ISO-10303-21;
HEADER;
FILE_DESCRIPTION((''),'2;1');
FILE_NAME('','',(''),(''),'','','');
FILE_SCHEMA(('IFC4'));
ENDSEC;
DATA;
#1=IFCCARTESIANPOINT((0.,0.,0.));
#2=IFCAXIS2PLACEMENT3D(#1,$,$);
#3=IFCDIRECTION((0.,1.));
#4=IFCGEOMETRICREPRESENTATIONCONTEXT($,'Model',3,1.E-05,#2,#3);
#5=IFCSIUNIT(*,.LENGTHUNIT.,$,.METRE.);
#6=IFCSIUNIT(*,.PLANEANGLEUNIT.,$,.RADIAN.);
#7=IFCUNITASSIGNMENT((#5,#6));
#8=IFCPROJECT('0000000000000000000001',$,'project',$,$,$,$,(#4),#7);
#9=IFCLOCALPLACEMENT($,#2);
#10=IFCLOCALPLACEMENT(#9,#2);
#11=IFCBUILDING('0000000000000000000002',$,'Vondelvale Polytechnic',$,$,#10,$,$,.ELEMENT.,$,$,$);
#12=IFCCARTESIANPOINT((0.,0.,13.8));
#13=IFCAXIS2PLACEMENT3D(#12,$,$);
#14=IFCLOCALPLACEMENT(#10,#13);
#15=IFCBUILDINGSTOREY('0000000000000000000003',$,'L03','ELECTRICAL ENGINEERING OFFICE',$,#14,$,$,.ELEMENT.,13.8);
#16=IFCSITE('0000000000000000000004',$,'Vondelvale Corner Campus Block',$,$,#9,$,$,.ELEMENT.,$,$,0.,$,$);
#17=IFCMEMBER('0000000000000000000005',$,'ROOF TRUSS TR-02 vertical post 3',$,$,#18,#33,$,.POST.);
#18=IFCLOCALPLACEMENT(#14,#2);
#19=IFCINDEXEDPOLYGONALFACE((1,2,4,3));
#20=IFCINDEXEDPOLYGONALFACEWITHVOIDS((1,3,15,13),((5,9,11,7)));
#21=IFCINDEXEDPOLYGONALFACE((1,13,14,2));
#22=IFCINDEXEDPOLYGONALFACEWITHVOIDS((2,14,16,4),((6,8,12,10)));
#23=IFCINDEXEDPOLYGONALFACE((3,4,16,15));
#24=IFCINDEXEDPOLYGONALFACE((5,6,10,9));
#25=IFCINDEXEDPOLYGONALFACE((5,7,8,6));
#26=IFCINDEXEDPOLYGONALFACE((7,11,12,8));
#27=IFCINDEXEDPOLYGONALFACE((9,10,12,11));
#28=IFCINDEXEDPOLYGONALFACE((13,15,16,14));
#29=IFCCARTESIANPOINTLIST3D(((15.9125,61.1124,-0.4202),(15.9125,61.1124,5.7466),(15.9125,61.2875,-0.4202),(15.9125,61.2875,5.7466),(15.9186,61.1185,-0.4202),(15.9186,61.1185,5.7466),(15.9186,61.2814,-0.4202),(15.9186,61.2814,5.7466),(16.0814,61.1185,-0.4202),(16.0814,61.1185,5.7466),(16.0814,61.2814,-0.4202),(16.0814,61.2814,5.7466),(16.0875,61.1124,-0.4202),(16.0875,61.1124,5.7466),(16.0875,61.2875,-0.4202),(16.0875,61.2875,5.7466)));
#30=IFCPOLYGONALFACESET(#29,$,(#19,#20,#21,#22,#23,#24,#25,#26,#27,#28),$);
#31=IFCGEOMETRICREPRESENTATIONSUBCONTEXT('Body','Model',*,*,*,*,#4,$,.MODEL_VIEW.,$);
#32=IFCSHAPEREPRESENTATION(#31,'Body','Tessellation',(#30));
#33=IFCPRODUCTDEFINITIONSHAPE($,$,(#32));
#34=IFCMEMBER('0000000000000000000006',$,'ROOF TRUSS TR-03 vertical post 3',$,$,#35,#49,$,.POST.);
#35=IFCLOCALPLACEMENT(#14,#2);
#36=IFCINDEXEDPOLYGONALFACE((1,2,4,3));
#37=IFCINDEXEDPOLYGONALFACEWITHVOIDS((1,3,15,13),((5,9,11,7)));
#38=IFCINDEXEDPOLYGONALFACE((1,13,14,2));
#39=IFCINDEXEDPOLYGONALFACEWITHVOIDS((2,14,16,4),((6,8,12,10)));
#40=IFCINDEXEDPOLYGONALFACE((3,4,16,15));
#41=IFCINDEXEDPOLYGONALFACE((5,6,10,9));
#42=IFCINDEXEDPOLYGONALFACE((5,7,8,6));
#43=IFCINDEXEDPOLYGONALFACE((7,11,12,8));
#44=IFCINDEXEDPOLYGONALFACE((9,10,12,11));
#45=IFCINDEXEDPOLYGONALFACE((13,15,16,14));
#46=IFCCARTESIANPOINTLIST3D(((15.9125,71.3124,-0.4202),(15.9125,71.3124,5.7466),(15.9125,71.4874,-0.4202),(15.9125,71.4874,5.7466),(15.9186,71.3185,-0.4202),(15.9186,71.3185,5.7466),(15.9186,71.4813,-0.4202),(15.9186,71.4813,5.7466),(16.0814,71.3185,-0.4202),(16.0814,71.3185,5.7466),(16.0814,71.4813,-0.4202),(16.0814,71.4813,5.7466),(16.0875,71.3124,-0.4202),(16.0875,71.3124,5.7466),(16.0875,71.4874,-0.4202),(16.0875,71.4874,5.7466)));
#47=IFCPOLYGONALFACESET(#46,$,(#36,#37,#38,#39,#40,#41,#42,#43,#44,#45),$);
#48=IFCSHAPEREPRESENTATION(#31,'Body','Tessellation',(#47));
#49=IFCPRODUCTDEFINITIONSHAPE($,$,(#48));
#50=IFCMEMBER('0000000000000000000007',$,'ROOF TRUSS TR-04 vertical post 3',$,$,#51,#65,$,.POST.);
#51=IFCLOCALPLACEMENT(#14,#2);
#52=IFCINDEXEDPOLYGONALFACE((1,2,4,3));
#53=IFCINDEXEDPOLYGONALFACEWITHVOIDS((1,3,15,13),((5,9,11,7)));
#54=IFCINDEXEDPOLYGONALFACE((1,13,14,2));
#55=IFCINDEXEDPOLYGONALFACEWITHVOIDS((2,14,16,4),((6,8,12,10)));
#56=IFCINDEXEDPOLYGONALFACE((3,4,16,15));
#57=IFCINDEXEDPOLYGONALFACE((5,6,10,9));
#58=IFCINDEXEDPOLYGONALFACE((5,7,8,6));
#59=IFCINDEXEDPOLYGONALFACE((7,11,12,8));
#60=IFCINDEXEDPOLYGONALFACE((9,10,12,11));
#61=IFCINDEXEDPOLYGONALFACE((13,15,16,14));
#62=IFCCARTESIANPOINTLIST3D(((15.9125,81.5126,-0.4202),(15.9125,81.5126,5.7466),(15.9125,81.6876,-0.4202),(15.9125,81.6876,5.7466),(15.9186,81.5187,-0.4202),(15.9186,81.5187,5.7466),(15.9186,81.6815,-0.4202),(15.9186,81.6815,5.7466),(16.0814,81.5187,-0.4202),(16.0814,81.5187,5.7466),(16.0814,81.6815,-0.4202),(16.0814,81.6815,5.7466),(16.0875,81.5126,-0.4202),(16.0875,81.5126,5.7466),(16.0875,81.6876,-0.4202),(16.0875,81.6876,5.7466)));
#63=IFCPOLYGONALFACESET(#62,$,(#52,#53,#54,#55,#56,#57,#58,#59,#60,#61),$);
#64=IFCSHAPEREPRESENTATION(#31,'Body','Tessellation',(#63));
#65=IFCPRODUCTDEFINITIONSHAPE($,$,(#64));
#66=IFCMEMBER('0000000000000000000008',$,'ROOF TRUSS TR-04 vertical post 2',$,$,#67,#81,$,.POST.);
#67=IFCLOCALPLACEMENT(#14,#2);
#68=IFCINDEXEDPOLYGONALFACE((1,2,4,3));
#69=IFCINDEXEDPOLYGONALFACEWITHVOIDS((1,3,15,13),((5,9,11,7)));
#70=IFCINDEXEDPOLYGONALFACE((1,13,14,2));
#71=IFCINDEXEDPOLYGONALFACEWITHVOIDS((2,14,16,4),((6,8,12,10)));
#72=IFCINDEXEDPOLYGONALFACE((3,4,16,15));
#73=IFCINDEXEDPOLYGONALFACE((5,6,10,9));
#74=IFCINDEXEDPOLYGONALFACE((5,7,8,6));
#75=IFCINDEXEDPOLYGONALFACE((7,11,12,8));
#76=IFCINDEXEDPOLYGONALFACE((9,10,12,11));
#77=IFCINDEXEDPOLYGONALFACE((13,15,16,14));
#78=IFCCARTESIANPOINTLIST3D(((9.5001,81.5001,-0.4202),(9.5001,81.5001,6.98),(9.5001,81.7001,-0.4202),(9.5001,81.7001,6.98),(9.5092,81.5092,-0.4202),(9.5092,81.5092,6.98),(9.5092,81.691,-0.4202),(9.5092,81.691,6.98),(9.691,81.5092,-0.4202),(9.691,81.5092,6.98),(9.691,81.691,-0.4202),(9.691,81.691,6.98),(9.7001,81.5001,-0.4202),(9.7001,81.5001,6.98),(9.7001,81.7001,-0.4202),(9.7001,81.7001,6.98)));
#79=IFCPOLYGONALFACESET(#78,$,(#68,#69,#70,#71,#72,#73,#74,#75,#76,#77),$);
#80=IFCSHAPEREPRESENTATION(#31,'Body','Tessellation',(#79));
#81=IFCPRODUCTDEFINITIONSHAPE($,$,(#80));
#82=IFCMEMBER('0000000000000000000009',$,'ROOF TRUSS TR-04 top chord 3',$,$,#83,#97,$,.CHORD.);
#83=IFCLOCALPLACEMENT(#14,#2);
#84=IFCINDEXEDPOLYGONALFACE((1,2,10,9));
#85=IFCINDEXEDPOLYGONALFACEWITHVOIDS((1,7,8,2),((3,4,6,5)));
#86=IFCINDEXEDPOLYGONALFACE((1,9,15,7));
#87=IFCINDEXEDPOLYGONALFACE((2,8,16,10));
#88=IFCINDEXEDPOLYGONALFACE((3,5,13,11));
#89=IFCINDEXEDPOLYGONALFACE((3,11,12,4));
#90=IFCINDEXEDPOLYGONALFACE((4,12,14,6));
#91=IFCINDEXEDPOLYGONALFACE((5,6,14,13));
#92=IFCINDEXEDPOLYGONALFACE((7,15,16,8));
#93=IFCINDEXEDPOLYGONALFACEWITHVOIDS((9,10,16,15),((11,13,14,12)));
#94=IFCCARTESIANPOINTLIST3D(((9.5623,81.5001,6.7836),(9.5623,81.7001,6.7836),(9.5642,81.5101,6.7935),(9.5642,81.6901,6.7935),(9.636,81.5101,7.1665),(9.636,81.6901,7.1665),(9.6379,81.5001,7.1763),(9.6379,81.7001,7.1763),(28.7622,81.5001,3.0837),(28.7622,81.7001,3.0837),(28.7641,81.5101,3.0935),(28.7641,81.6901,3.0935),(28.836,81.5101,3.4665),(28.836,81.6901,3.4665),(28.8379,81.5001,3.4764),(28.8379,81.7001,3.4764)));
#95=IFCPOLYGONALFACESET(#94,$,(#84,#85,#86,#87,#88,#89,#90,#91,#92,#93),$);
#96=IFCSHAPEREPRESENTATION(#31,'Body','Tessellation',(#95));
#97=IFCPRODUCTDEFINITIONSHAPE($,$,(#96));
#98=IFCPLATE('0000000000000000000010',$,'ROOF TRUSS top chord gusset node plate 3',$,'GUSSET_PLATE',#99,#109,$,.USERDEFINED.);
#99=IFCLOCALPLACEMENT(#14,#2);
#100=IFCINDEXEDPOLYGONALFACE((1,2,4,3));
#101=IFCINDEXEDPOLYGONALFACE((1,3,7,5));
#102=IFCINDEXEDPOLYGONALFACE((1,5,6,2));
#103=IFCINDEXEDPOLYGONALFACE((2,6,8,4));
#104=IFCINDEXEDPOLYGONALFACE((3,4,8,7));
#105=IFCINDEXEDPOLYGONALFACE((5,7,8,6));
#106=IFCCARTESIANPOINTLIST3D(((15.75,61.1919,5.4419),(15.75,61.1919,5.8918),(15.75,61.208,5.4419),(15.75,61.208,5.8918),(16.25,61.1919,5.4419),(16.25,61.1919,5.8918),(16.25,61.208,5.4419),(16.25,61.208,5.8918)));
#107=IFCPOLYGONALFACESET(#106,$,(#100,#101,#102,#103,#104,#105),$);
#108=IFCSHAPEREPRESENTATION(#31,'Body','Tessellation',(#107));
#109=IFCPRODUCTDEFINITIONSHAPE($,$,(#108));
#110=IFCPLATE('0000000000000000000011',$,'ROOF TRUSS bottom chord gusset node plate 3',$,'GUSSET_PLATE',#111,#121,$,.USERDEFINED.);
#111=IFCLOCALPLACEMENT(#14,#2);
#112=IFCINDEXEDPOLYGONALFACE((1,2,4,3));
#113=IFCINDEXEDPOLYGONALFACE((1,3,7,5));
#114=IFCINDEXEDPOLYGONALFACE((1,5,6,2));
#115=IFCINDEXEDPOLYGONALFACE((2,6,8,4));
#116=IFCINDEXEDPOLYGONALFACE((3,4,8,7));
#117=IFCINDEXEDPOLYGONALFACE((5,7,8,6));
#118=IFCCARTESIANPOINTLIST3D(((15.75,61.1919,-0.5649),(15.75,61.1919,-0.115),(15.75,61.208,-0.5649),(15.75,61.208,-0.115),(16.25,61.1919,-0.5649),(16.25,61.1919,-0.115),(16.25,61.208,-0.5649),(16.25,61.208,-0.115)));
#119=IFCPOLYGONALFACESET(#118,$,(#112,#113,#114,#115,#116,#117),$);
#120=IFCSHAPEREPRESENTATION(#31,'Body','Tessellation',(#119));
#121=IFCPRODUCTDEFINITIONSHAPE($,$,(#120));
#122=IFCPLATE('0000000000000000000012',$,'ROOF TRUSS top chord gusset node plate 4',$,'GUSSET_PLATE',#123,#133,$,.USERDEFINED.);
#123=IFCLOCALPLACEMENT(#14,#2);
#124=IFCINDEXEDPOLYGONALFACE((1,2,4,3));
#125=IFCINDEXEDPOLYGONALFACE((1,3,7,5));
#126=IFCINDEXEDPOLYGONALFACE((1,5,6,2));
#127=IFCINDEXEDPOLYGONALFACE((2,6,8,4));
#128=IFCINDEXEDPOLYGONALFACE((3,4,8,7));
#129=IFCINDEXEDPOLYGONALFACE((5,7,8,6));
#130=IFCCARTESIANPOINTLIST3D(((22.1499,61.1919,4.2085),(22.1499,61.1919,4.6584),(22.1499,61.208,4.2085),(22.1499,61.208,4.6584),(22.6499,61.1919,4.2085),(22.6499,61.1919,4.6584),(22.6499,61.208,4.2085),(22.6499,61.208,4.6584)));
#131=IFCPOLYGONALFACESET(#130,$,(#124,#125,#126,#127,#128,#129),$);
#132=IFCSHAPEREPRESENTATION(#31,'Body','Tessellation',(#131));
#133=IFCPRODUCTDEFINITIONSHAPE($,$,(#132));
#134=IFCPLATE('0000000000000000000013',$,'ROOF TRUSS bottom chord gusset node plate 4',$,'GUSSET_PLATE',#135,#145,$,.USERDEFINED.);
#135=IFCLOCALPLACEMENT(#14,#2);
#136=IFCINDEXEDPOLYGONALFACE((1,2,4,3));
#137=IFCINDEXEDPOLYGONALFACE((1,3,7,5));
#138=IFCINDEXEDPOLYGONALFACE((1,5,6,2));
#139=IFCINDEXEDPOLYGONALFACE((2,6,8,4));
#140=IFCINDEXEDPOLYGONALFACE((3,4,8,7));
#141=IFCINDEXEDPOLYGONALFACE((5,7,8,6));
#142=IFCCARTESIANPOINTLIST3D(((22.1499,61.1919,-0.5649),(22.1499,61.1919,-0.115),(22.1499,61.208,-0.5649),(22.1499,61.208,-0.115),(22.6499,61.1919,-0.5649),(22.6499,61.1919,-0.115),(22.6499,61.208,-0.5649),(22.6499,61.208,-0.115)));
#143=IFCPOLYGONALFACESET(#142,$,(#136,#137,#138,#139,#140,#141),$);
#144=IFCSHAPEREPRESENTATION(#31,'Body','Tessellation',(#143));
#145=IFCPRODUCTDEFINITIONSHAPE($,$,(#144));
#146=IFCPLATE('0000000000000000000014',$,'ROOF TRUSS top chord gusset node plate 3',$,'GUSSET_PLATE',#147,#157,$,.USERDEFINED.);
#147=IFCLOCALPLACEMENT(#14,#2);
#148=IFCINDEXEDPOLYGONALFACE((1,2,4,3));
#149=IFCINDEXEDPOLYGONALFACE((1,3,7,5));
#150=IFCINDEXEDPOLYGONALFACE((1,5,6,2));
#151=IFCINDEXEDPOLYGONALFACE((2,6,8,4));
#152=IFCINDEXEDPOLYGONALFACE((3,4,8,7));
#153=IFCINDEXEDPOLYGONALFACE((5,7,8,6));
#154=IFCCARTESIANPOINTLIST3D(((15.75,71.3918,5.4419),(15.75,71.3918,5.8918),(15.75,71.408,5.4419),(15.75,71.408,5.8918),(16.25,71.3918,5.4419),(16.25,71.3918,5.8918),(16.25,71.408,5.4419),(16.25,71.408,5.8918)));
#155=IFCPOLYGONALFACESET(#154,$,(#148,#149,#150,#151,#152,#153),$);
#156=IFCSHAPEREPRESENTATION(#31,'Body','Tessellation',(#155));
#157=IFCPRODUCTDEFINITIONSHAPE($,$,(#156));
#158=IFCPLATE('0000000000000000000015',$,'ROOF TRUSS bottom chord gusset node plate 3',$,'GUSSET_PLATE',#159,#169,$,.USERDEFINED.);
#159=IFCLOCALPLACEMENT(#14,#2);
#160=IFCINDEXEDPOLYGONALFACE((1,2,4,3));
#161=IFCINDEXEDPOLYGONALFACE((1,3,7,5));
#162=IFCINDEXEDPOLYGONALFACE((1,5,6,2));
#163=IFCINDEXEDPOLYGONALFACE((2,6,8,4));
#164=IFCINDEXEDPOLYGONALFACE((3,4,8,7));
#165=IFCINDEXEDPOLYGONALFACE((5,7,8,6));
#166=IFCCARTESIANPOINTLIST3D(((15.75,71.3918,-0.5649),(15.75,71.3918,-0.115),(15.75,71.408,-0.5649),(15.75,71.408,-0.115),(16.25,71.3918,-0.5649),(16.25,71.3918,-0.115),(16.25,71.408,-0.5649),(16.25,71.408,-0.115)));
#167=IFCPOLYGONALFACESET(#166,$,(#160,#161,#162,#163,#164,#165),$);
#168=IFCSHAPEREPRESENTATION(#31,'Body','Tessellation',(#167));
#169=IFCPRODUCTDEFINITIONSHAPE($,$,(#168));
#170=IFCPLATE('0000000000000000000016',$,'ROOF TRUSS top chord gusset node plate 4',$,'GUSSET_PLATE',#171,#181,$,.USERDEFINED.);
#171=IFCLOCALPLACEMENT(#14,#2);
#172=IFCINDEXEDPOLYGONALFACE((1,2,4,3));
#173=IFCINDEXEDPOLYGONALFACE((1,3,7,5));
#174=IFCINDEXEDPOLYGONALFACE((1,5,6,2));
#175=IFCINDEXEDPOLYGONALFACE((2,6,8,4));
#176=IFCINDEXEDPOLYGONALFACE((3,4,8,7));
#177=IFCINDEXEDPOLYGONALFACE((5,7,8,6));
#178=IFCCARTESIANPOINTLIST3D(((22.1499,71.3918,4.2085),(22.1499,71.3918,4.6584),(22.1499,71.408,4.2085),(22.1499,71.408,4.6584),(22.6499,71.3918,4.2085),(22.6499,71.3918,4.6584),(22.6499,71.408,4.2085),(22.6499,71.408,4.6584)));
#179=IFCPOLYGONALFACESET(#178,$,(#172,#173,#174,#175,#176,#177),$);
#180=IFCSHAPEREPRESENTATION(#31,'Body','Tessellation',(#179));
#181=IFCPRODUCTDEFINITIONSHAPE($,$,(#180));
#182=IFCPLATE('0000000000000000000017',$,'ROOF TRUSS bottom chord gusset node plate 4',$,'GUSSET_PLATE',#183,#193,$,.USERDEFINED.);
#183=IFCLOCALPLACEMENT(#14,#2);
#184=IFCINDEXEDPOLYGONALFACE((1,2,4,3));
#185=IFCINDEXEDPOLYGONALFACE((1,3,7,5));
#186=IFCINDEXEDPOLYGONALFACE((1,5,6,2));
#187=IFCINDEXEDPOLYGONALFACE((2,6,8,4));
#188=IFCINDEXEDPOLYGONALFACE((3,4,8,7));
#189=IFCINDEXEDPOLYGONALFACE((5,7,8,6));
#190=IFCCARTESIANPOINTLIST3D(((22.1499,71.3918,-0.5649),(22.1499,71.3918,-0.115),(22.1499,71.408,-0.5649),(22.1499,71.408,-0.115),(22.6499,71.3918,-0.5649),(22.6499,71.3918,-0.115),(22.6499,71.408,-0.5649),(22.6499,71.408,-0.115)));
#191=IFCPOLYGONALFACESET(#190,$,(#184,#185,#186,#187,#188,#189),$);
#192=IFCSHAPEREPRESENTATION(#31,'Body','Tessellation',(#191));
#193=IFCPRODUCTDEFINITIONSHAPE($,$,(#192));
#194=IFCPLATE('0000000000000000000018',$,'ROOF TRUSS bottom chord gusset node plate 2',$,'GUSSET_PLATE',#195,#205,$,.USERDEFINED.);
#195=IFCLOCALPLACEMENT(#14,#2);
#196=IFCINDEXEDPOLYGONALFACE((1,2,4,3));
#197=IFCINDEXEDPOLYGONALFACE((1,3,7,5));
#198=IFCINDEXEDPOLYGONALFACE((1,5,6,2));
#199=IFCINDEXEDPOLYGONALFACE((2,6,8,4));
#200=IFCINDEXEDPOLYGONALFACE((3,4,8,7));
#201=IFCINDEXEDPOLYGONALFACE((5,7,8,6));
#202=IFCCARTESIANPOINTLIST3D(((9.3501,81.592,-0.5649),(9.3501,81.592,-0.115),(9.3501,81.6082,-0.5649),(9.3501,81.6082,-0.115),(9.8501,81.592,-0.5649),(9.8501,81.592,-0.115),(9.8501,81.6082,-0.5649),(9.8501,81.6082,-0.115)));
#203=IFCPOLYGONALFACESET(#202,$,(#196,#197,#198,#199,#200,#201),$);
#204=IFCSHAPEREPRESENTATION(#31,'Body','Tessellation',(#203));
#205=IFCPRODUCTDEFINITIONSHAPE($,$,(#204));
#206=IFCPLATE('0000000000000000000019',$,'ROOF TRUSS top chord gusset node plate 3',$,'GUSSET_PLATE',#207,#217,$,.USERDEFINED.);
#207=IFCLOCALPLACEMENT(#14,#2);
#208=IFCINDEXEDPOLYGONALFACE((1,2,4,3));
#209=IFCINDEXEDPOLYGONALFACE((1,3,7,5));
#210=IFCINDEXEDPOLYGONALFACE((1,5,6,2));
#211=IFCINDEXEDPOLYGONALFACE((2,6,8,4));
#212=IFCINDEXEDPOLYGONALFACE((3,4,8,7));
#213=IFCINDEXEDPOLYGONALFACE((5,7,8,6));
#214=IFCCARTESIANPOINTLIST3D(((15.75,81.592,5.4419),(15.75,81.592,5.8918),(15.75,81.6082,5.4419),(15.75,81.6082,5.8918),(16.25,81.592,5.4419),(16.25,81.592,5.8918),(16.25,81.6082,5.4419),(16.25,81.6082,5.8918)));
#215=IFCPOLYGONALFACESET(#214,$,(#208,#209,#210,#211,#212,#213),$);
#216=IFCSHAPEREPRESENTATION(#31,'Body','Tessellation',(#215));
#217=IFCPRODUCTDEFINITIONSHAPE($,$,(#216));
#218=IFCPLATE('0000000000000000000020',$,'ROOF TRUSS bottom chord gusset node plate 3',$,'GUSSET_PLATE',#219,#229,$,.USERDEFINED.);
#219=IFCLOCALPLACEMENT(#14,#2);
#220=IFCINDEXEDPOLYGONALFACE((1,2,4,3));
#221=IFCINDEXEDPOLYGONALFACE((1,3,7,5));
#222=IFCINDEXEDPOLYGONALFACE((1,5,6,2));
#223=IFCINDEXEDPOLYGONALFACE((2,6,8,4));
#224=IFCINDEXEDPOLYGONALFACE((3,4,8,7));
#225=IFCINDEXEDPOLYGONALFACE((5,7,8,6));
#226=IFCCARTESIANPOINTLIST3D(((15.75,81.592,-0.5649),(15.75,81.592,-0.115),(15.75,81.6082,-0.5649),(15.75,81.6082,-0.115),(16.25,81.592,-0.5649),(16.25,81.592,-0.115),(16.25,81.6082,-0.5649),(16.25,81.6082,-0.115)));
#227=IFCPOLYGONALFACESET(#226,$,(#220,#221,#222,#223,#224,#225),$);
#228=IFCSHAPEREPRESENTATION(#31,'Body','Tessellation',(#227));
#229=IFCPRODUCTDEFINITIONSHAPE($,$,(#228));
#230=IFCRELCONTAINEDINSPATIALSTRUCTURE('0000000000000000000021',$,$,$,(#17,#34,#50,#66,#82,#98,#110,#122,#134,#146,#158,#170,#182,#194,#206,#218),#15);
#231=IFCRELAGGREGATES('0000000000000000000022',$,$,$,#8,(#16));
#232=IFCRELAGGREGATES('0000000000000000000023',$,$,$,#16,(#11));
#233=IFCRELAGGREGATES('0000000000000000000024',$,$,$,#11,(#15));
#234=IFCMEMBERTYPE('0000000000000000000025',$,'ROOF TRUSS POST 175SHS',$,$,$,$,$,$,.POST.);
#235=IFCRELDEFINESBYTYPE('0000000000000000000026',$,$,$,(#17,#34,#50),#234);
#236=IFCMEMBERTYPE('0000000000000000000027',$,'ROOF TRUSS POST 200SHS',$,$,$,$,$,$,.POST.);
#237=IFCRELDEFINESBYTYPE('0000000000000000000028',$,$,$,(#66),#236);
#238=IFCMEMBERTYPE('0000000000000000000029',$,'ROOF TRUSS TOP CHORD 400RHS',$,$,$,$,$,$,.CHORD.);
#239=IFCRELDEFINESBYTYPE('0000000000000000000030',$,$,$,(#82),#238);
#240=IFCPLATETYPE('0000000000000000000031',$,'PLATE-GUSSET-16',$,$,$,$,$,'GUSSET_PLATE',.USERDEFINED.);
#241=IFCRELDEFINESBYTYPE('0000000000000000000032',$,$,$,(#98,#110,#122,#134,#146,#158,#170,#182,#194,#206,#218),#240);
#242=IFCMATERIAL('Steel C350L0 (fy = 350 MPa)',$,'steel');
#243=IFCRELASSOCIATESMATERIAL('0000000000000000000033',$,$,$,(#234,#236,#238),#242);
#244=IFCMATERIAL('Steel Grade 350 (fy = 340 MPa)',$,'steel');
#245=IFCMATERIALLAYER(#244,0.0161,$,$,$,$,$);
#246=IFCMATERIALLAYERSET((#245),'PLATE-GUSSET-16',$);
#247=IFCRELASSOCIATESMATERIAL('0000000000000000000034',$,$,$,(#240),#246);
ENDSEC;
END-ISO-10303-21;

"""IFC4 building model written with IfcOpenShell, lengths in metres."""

from ifc_helpers import new_model, si_unit, direction, frame, origin, origin_2d, place, context, subcontext, project, spatial, rectangle, hollow_rectangle, extrude, material, layer, layer_set, material_profile, profile_set, type_object, element, save


model = new_model("IFC4")

# Units and contexts
model_context = context("Model", 3, precision=1e-05, world=origin(), true_north=direction((0.0, 1.0)))
body_context = subcontext(model_context, "Body", "Model", "MODEL_VIEW")
ifc_project = project(units=[si_unit("LENGTHUNIT", "METRE"), si_unit("PLANEANGLEUNIT", "RADIAN")], contexts=[model_context])

# Site, building, storey
site_placement = place(None, origin())
site = spatial("IfcSite", under=ifc_project, at=site_placement, Name="Vondelvale Corner Campus Block", CompositionType="ELEMENT", RefElevation=0.0)
building_placement = place(site_placement, origin())
building = spatial("IfcBuilding", under=site, at=building_placement, Name="Vondelvale Polytechnic", CompositionType="ELEMENT")
storey_placement = place(building_placement, frame((0.0, 0.0, 13.8)))
storey = spatial("IfcBuildingStorey", under=building, at=storey_placement, Name="L03", Description="ELECTRICAL ENGINEERING OFFICE", CompositionType="ELEMENT", Elevation=13.8)

# Members
ifc_material_1 = material(Name="Steel C350L0 (fy = 350 MPa)", Category="steel")
ifc_material_profile_1 = material_profile(ifc_material_1, hollow_rectangle(XDim=0.175, YDim=0.175, WallThickness=0.0061, at=origin_2d()), Name="175x175x6.0SHS")
ifc_profile_set_1 = profile_set([ifc_material_profile_1], Name="Steel C350L0 (fy = 350 MPa)")
member_type_1 = type_object("IfcMemberType", Name="ROOF TRUSS POST 175SHS", PredefinedType="POST", material=ifc_profile_set_1)
for number, where, z_axis, x_axis, name in (
    (1, (16.0, 61.2, -0.4202), (0.0, 0.0, 1.0), (1.0, 0.0, 0.0), "ROOF TRUSS TR-02 vertical post 3"),
    (2, (16.0, 71.3999, -0.4202), (0.0, 0.0, 1.0), (1.0, 0.0, 0.0), "ROOF TRUSS TR-03 vertical post 3"),
    (3, (16.0, 81.6001, -0.4202), (0.0, 0.0, 1.0), (1.0, 0.0, 0.0), "ROOF TRUSS TR-04 vertical post 3"),
):
    element("IfcMember", number, at=place(storey_placement, frame(where, z_axis=z_axis, x_axis=x_axis)), inside=storey, type_object=member_type_1, Name=name, PredefinedType="POST", context=body_context, shape_type="SweptSolid", body=[
        extrude(hollow_rectangle(XDim=0.175, YDim=0.175, WallThickness=0.0061, at=origin_2d()), origin(), (0.0, 0.0, 1.0), 6.1667),
    ])
ifc_material_profile_2 = material_profile(ifc_material_1, hollow_rectangle(XDim=0.2, YDim=0.2, WallThickness=0.009, at=origin_2d()), Name="200x200x9.0SHS")
ifc_profile_set_2 = profile_set([ifc_material_profile_2], Name="Steel C350L0 (fy = 350 MPa)")
member_type_2 = type_object("IfcMemberType", Name="ROOF TRUSS POST 200SHS", PredefinedType="POST", material=ifc_profile_set_2)
member_1_placement = place(storey_placement, frame((9.6001, 81.6001, -0.4202), z_axis=(0.0, 0.0, 1.0), x_axis=(1.0, 0.0, 0.0)))
element("IfcMember", 4, at=member_1_placement, inside=storey, type_object=member_type_2, Name="ROOF TRUSS TR-04 vertical post 2", PredefinedType="POST", context=body_context, shape_type="SweptSolid", body=[
    extrude(hollow_rectangle(XDim=0.2, YDim=0.2, WallThickness=0.009, at=origin_2d()), origin(), (0.0, 0.0, 1.0), 7.4001),
])
ifc_material_profile_3 = material_profile(ifc_material_1, hollow_rectangle(XDim=0.2, YDim=0.3999, WallThickness=0.01, at=origin_2d()), Name="400x200x10.0RHS")
ifc_profile_set_3 = profile_set([ifc_material_profile_3], Name="Steel C350L0 (fy = 350 MPa)")
member_type_3 = type_object("IfcMemberType", Name="ROOF TRUSS TOP CHORD 400RHS", PredefinedType="CHORD", material=ifc_profile_set_3)
member_2_placement = place(storey_placement, frame((9.6001, 81.6001, 6.98), z_axis=(0.981934, 0.0, -0.189225), x_axis=(0.0, 1.0, 0.0)))
element("IfcMember", 5, at=member_2_placement, inside=storey, type_object=member_type_3, Name="ROOF TRUSS TR-04 top chord 3", PredefinedType="CHORD", context=body_context, shape_type="SweptSolid", body=[
    extrude(hollow_rectangle(XDim=0.2, YDim=0.3999, WallThickness=0.01, at=origin_2d()), origin(), (0.0, 0.0, 1.0), 19.5532),
])

# Plates
ifc_material_2 = material(Name="Steel Grade 350 (fy = 340 MPa)", Category="steel")
ifc_layer_1 = layer(ifc_material_2, 0.0161)
ifc_layer_set_1 = layer_set([ifc_layer_1], Name="PLATE-GUSSET-16")
plate_type_1 = type_object("IfcPlateType", Name="PLATE-GUSSET-16", ElementType="GUSSET_PLATE", PredefinedType="USERDEFINED", material=ifc_layer_set_1)
for number, where, z_axis, x_axis, name in (
    (6, (16.0, 61.2, 5.4419), (0.0, 0.0, 1.0), (1.0, 0.0, 0.0), "ROOF TRUSS top chord gusset node plate 3"),
    (7, (16.0, 61.2, -0.5649), (0.0, 0.0, 1.0), (1.0, 0.0, 0.0), "ROOF TRUSS bottom chord gusset node plate 3"),
    (8, (22.3999, 61.2, 4.2085), (0.0, 0.0, 1.0), (1.0, 0.0, 0.0), "ROOF TRUSS top chord gusset node plate 4"),
    (9, (22.3999, 61.2, -0.5649), (0.0, 0.0, 1.0), (1.0, 0.0, 0.0), "ROOF TRUSS bottom chord gusset node plate 4"),
    (10, (16.0, 71.3999, 5.4419), (0.0, 0.0, 1.0), (1.0, 0.0, 0.0), "ROOF TRUSS top chord gusset node plate 3"),
    (11, (16.0, 71.3999, -0.5649), (0.0, 0.0, 1.0), (1.0, 0.0, 0.0), "ROOF TRUSS bottom chord gusset node plate 3"),
    (12, (22.3999, 71.3999, 4.2085), (0.0, 0.0, 1.0), (1.0, 0.0, 0.0), "ROOF TRUSS top chord gusset node plate 4"),
    (13, (22.3999, 71.3999, -0.5649), (0.0, 0.0, 1.0), (1.0, 0.0, 0.0), "ROOF TRUSS bottom chord gusset node plate 4"),
    (14, (9.6001, 81.6001, -0.5649), (0.0, 0.0, 1.0), (1.0, 0.0, 0.0), "ROOF TRUSS bottom chord gusset node plate 2"),
    (15, (16.0, 81.6001, 5.4419), (0.0, 0.0, 1.0), (1.0, 0.0, 0.0), "ROOF TRUSS top chord gusset node plate 3"),
    (16, (16.0, 81.6001, -0.5649), (0.0, 0.0, 1.0), (1.0, 0.0, 0.0), "ROOF TRUSS bottom chord gusset node plate 3"),
):
    element("IfcPlate", number, at=place(storey_placement, frame(where, z_axis=z_axis, x_axis=x_axis)), inside=storey, type_object=plate_type_1, Name=name, ObjectType="GUSSET_PLATE", PredefinedType="USERDEFINED", context=body_context, shape_type="SweptSolid", body=[
        extrude(rectangle(XDim=0.5, YDim=0.0161, at=origin_2d()), origin(), (0.0, 0.0, 1.0), 0.45),
    ])

save(model, "model.ifc")
